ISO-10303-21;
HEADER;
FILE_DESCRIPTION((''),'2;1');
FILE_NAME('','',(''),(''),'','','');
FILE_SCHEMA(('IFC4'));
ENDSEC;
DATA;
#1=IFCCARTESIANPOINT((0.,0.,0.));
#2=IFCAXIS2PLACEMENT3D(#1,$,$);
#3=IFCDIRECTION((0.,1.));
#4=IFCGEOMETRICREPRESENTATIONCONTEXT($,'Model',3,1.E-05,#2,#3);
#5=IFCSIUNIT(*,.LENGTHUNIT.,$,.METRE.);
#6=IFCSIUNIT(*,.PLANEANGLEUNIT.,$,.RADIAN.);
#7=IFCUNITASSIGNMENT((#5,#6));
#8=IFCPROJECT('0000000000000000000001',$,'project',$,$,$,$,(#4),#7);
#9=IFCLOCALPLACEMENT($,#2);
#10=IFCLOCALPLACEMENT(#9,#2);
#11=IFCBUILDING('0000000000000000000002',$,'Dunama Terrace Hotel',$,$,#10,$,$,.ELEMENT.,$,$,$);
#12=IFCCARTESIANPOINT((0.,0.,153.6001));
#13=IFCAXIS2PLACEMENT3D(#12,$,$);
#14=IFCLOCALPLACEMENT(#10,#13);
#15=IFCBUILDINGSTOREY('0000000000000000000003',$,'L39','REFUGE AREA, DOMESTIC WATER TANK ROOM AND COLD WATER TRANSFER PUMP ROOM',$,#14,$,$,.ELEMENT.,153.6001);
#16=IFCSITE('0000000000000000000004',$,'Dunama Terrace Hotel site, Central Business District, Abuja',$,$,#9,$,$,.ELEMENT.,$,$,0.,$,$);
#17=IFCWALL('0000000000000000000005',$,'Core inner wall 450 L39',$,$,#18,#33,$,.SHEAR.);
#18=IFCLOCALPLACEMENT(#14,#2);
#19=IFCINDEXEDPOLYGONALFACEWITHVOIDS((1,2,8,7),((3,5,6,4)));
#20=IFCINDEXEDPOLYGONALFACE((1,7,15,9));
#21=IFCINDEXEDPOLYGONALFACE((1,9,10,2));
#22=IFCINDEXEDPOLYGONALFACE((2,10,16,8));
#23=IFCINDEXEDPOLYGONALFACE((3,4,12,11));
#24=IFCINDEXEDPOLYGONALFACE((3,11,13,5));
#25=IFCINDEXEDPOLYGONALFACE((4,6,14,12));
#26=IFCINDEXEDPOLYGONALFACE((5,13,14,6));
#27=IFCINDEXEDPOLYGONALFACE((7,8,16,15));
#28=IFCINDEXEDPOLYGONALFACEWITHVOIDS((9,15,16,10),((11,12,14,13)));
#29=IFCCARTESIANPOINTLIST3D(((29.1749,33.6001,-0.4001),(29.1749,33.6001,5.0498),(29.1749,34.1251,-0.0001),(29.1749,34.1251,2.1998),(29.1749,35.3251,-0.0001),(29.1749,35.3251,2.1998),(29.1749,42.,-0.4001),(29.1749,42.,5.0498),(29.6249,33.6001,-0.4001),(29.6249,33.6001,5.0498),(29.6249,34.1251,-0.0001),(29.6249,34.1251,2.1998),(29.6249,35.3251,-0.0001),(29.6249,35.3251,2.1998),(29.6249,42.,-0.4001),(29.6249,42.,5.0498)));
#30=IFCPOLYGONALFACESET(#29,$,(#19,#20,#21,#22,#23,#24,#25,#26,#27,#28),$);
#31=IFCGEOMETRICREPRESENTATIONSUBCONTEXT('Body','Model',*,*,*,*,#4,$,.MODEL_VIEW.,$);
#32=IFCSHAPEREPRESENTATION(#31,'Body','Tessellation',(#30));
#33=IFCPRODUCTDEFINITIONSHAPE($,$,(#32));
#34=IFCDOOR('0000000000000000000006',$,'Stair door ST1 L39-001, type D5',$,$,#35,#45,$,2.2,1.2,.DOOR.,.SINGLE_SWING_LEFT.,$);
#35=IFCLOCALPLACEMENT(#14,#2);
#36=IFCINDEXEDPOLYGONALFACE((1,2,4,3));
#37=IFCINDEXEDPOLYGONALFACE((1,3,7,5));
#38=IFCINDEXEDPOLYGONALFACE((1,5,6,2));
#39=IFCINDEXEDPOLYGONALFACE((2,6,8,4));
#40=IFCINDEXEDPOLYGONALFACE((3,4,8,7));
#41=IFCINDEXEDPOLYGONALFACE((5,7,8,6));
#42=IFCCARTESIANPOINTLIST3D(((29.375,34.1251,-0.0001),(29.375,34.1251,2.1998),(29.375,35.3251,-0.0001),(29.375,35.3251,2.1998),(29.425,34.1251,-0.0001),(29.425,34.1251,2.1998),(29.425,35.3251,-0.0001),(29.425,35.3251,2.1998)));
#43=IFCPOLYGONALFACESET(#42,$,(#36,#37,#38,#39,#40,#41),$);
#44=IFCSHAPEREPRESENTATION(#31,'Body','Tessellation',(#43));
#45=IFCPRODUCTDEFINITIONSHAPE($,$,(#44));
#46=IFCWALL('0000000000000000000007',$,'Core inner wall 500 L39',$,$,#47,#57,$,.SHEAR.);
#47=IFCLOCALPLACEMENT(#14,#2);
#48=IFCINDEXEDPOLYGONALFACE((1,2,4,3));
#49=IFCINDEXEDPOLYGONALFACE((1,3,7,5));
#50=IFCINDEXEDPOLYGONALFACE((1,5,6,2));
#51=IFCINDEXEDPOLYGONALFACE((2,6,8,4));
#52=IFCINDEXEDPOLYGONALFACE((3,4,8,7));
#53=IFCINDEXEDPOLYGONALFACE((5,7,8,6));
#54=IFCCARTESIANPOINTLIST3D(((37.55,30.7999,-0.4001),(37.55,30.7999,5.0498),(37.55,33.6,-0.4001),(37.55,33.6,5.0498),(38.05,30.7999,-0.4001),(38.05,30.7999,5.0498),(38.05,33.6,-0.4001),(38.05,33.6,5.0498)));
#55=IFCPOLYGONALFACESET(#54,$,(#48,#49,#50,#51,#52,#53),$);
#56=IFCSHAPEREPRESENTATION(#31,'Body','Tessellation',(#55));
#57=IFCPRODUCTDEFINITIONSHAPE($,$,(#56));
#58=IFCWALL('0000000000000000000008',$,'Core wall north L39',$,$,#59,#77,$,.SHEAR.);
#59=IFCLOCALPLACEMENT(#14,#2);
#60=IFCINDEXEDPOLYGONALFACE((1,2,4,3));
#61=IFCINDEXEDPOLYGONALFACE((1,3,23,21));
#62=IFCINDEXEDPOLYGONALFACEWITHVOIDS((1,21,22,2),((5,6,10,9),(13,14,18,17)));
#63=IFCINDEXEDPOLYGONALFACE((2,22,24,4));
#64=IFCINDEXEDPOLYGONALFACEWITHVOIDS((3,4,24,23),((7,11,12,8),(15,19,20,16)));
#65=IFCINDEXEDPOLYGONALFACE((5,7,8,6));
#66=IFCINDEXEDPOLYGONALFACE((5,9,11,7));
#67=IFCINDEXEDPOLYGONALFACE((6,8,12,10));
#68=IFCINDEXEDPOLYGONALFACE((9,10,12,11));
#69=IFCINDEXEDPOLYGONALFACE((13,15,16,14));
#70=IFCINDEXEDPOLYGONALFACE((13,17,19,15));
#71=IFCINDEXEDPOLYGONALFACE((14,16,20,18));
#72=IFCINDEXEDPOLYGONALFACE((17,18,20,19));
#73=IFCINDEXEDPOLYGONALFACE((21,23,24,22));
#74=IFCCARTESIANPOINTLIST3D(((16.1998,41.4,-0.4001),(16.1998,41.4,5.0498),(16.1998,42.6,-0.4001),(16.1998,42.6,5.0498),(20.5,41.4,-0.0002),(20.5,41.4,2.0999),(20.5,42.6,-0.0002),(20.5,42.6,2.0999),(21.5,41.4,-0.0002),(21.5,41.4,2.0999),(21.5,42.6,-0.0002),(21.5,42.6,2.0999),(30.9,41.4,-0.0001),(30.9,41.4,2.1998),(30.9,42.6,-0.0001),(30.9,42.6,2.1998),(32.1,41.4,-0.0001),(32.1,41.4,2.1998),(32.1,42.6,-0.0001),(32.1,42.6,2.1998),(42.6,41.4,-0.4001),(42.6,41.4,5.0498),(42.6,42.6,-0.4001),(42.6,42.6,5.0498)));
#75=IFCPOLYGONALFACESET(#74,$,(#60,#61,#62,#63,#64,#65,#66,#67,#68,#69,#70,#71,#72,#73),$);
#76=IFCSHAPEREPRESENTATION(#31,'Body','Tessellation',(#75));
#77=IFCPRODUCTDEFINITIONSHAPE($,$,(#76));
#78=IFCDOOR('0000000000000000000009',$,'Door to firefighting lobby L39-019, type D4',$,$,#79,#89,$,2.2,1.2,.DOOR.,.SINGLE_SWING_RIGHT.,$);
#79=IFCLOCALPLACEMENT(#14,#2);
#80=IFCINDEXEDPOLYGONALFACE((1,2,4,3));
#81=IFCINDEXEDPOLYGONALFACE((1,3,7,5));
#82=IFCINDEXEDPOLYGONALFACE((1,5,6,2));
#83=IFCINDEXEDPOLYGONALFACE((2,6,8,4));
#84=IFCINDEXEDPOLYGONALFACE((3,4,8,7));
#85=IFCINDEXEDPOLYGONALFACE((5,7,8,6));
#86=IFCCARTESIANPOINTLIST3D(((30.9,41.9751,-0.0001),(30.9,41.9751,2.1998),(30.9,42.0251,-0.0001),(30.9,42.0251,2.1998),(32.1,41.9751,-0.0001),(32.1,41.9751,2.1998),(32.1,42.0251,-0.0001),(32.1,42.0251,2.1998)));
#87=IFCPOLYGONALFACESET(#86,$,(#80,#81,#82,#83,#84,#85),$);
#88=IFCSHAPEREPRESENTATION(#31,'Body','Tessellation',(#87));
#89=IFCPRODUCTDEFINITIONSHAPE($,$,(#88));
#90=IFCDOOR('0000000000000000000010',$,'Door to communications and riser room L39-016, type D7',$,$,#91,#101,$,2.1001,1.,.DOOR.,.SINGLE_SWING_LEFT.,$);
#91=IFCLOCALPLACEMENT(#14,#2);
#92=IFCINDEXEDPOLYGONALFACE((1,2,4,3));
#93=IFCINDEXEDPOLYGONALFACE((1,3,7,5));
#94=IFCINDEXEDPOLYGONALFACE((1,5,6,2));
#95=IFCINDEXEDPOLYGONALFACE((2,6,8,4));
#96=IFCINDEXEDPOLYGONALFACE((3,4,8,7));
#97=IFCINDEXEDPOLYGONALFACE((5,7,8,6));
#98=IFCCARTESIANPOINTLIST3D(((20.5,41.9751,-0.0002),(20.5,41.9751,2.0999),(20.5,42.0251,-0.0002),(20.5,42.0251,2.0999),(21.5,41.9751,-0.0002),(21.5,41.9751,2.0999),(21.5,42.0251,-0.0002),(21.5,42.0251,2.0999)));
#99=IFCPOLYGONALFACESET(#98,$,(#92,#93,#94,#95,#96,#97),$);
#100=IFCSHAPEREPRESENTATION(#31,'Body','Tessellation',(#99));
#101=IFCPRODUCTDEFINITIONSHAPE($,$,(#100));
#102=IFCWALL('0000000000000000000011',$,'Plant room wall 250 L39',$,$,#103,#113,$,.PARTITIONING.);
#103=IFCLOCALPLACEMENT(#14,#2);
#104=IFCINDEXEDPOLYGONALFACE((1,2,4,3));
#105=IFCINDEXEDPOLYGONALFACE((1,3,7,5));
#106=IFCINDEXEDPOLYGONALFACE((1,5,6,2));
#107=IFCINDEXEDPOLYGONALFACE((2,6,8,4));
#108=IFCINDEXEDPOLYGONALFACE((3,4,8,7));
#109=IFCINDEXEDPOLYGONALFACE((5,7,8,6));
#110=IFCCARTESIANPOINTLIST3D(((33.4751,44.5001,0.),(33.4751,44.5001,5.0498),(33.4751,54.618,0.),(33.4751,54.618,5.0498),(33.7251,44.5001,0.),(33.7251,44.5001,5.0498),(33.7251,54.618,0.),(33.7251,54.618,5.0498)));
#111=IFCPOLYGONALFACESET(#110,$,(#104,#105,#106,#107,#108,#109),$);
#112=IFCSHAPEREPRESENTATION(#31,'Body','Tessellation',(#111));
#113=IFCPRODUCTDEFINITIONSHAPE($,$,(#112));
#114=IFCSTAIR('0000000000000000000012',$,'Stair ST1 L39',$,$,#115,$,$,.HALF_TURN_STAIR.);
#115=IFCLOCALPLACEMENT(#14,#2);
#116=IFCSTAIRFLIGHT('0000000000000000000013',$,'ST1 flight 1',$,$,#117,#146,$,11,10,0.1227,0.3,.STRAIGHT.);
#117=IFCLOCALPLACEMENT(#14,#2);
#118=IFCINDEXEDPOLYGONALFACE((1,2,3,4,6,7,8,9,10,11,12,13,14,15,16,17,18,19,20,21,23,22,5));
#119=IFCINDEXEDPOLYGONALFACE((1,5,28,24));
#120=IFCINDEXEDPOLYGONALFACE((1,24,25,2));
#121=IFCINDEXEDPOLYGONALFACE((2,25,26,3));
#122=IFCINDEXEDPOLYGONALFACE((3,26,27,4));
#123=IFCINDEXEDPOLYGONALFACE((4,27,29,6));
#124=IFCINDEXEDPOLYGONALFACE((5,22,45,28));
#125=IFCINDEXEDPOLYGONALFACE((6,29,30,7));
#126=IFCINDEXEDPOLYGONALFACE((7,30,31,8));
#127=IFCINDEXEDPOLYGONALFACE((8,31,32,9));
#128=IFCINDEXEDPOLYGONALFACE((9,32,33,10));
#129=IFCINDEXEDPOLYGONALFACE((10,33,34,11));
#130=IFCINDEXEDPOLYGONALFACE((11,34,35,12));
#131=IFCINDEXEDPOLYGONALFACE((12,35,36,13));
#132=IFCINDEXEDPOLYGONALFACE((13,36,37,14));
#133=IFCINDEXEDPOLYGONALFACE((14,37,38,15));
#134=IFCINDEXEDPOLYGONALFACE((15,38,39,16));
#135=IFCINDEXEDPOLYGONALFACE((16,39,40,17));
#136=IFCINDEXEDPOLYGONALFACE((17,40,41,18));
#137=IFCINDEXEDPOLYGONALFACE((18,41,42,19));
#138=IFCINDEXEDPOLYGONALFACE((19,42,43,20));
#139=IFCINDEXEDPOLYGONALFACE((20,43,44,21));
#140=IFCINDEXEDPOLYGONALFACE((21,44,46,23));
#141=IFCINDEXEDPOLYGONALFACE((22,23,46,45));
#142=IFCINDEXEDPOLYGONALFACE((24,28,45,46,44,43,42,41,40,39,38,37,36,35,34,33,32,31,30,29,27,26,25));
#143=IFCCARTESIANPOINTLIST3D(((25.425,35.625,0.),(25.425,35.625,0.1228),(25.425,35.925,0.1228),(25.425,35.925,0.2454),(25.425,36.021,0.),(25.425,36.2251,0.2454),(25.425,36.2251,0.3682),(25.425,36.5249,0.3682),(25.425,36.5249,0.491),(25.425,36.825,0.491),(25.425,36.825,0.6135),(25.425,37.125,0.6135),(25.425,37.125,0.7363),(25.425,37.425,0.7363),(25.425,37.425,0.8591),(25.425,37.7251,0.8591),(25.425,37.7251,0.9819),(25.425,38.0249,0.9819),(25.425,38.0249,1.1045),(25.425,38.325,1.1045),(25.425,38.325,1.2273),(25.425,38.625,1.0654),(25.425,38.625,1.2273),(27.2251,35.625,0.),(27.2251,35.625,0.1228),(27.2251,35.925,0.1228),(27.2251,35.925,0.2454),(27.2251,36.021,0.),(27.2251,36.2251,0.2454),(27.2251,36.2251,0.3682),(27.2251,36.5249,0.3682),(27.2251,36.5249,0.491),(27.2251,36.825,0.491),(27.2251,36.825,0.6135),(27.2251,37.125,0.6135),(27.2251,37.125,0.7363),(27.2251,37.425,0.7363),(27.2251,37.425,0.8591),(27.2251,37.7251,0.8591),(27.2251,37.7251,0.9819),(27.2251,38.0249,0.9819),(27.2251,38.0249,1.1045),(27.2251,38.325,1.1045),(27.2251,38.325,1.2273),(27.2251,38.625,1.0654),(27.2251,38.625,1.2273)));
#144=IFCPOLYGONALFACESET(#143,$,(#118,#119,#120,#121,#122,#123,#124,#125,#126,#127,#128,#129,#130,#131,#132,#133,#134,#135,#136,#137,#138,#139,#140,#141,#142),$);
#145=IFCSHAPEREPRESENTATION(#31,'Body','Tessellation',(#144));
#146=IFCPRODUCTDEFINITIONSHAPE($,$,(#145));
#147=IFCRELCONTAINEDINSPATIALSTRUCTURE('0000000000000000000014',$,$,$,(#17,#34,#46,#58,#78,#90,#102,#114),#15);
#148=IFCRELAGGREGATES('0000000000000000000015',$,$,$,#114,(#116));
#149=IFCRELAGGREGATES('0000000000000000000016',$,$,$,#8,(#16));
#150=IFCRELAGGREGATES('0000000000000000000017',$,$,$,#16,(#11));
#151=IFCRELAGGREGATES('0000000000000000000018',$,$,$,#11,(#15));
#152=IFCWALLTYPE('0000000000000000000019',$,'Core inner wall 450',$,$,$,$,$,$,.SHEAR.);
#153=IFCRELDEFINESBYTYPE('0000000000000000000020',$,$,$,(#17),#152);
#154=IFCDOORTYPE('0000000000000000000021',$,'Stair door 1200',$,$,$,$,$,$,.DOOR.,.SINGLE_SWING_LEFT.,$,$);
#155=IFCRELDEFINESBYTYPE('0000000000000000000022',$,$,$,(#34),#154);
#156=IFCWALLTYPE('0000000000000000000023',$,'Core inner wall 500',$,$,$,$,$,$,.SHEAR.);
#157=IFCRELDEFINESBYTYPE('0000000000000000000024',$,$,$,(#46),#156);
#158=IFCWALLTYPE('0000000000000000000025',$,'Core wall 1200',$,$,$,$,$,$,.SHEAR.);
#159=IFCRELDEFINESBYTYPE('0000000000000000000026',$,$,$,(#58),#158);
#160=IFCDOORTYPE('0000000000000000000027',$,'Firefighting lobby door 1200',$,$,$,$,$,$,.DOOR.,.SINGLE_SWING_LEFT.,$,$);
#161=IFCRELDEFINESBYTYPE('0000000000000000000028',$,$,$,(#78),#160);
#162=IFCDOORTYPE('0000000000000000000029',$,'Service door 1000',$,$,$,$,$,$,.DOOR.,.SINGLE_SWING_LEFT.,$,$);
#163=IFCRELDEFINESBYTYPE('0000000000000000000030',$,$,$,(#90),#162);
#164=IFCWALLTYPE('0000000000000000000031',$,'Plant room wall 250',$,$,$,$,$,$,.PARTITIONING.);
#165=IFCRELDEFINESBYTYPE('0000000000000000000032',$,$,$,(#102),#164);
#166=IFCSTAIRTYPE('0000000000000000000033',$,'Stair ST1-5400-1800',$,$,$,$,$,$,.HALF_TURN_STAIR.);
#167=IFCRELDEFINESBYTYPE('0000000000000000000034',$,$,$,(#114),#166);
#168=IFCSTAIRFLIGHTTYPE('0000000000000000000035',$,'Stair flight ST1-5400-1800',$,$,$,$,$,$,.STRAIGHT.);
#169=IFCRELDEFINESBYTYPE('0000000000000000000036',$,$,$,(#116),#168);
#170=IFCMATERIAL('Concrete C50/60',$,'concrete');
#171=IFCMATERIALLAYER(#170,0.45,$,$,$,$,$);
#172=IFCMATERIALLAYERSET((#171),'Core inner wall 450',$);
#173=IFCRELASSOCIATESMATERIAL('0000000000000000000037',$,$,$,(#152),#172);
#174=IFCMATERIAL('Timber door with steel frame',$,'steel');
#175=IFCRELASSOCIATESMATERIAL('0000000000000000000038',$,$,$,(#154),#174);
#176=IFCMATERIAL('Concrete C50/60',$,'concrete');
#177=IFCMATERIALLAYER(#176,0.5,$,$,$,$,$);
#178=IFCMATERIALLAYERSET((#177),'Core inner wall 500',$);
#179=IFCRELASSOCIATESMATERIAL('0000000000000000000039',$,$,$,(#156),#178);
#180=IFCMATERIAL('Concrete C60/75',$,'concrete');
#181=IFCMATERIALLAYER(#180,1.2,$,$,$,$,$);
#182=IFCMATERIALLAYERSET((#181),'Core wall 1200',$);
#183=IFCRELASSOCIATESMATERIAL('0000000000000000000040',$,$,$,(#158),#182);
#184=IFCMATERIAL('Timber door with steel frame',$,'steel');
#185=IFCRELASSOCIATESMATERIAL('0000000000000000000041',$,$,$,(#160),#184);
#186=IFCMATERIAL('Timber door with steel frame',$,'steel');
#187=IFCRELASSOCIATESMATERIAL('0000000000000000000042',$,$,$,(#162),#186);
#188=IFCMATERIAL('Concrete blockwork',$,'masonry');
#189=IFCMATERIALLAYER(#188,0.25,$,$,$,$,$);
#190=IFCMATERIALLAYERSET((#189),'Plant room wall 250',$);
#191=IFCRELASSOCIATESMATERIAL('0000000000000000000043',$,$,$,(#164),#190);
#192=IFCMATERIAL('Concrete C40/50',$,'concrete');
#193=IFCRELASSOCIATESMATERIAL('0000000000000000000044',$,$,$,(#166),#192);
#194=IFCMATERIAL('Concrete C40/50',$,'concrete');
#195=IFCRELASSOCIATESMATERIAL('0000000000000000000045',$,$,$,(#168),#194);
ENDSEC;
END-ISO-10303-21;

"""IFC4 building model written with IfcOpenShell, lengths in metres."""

from ifc_helpers import new_model, si_unit, direction, frame, frame_2d, origin, place, context, subcontext, project, spatial, polyline, rectangle, outline, extrude, material, layer, layer_set, type_object, element, fill, aggregate, save


model = new_model("IFC4")

# Units and contexts
model_context = context("Model", 3, precision=1e-05, world=origin(), true_north=direction((0.0, 1.0)))
body_context = subcontext(model_context, "Body", "Model", "MODEL_VIEW")
ifc_project = project(units=[si_unit("LENGTHUNIT", "METRE"), si_unit("PLANEANGLEUNIT", "RADIAN")], contexts=[model_context])

# Site, building, storey
site_placement = place(None, origin())
site = spatial("IfcSite", under=ifc_project, at=site_placement, Name="Dunama Terrace Hotel site, Central Business District, Abuja", CompositionType="ELEMENT", RefElevation=0.0)
building_placement = place(site_placement, origin())
building = spatial("IfcBuilding", under=site, at=building_placement, Name="Dunama Terrace Hotel", CompositionType="ELEMENT")
storey_placement = place(building_placement, frame((0.0, 0.0, 153.6001)))
storey = spatial("IfcBuildingStorey", under=building, at=storey_placement, Name="L39", Description="REFUGE AREA, DOMESTIC WATER TANK ROOM AND COLD WATER TRANSFER PUMP ROOM", CompositionType="ELEMENT", Elevation=153.6001)

# Wall, opening, door
ifc_material_1 = material(Name="Concrete C50/60", Category="concrete")
ifc_layer_1 = layer(ifc_material_1, 0.45)
ifc_layer_set_1 = layer_set([ifc_layer_1], Name="Core inner wall 450")
wall_type_1 = type_object("IfcWallType", Name="Core inner wall 450", PredefinedType="SHEAR", material=ifc_layer_set_1)
wall_1_placement = place(storey_placement, frame((29.3999, 33.6001, -0.4001), z_axis=(0.0, 0.0, 1.0), x_axis=(0.0, 1.0, 0.0)))
wall_1 = element("IfcWall", 1, at=wall_1_placement, inside=storey, type_object=wall_type_1, Name="Core inner wall 450 L39", PredefinedType="SHEAR", context=body_context, shape_type="SweptSolid", body=[
    extrude(rectangle(XDim=8.3999, YDim=0.45, at=frame_2d((4.2, 0.0))), origin(), (0.0, 0.0, 1.0), 5.45),
])
opening_1_placement = place(wall_1_placement, frame((0.5249, 0.0, 0.3999)))
opening_1 = element("IfcOpeningElement", 2, at=opening_1_placement, cuts=wall_1, PredefinedType="OPENING", context=body_context, shape_type="SweptSolid", body=[
    extrude(rectangle(XDim=1.2, YDim=2.2, at=frame_2d((0.6001, 1.1001))), frame((0.0, 0.2349, 0.0), z_axis=(0.0, -1.0, 0.0), x_axis=(1.0, 0.0, 0.0)), (0.0, 0.0, 1.0), 0.47),
])
ifc_material_2 = material(Name="Timber door with steel frame", Category="steel")
door_type_1 = type_object("IfcDoorType", Name="Stair door 1200", OperationType="SINGLE_SWING_LEFT", PredefinedType="DOOR", material=ifc_material_2)
door_1_placement = place(opening_1_placement, origin())
door_1 = element("IfcDoor", 3, at=door_1_placement, inside=storey, type_object=door_type_1, Name="Stair door ST1 L39-001, type D5", OperationType="SINGLE_SWING_LEFT", OverallHeight=2.2, OverallWidth=1.2, PredefinedType="DOOR", context=body_context, shape_type="SweptSolid", body=[
    extrude(rectangle(XDim=1.2, YDim=2.2, at=frame_2d((0.6001, 1.1001))), frame((0.0, 0.0249, 0.0), z_axis=(0.0, -1.0, 0.0), x_axis=(1.0, 0.0, 0.0)), (0.0, 0.0, 1.0), 0.05),
])
fill(opening_1, door_1)

# Wall
ifc_material_3 = material(Name="Concrete C50/60", Category="concrete")
ifc_layer_2 = layer(ifc_material_3, 0.5)
ifc_layer_set_2 = layer_set([ifc_layer_2], Name="Core inner wall 500")
wall_type_2 = type_object("IfcWallType", Name="Core inner wall 500", PredefinedType="SHEAR", material=ifc_layer_set_2)
wall_2_placement = place(storey_placement, frame((37.8, 30.8, -0.4001), z_axis=(0.0, 0.0, 1.0), x_axis=(0.0, 1.0, 0.0)))
element("IfcWall", 4, at=wall_2_placement, inside=storey, type_object=wall_type_2, Name="Core inner wall 500 L39", PredefinedType="SHEAR", context=body_context, shape_type="SweptSolid", body=[
    extrude(rectangle(XDim=2.8, YDim=0.5, at=frame_2d((1.3999, 0.0))), origin(), (0.0, 0.0, 1.0), 5.45),
])

# Wall, openings, doors
ifc_material_4 = material(Name="Concrete C60/75", Category="concrete")
ifc_layer_3 = layer(ifc_material_4, 1.2)
ifc_layer_set_3 = layer_set([ifc_layer_3], Name="Core wall 1200")
wall_type_3 = type_object("IfcWallType", Name="Core wall 1200", PredefinedType="SHEAR", material=ifc_layer_set_3)
wall_3_placement = place(storey_placement, frame((42.6001, 42.0, -0.4001), z_axis=(0.0, 0.0, 1.0), x_axis=(-1.0, 0.0, 0.0)))
wall_3 = element("IfcWall", 5, at=wall_3_placement, inside=storey, type_object=wall_type_3, Name="Core wall north L39", PredefinedType="SHEAR", context=body_context, shape_type="SweptSolid", body=[
    extrude(rectangle(XDim=26.4001, YDim=1.2, at=frame_2d((13.2002, 0.0))), origin(), (0.0, 0.0, 1.0), 5.45),
])
opening_2_placement = place(wall_3_placement, frame((21.1001, 0.0, 0.3999)))
opening_2 = element("IfcOpeningElement", 6, at=opening_2_placement, cuts=wall_3, PredefinedType="OPENING", context=body_context, shape_type="SweptSolid", body=[
    extrude(rectangle(XDim=1.0, YDim=2.1001, at=frame_2d((0.5, 1.05))), frame((0.0, 0.6099, 0.0), z_axis=(0.0, -1.0, 0.0), x_axis=(1.0, 0.0, 0.0)), (0.0, 0.0, 1.0), 1.22),
])
opening_3_placement = place(wall_3_placement, frame((10.5, 0.0, 0.3999)))
opening_3 = element("IfcOpeningElement", 7, at=opening_3_placement, cuts=wall_3, PredefinedType="OPENING", context=body_context, shape_type="SweptSolid", body=[
    extrude(rectangle(XDim=1.2, YDim=2.2, at=frame_2d((0.6001, 1.1001))), frame((0.0, 0.6099, 0.0), z_axis=(0.0, -1.0, 0.0), x_axis=(1.0, 0.0, 0.0)), (0.0, 0.0, 1.0), 1.22),
])
ifc_material_5 = material(Name="Timber door with steel frame", Category="steel")
door_type_2 = type_object("IfcDoorType", Name="Firefighting lobby door 1200", OperationType="SINGLE_SWING_LEFT", PredefinedType="DOOR", material=ifc_material_5)
door_2_placement = place(opening_3_placement, origin())
door_2 = element("IfcDoor", 8, at=door_2_placement, inside=storey, type_object=door_type_2, Name="Door to firefighting lobby L39-019, type D4", OperationType="SINGLE_SWING_RIGHT", OverallHeight=2.2, OverallWidth=1.2, PredefinedType="DOOR", context=body_context, shape_type="SweptSolid", body=[
    extrude(rectangle(XDim=1.2, YDim=2.2, at=frame_2d((0.6001, 1.1001))), frame((0.0, 0.0249, 0.0), z_axis=(0.0, -1.0, 0.0), x_axis=(1.0, 0.0, 0.0)), (0.0, 0.0, 1.0), 0.05),
])
fill(opening_3, door_2)
ifc_material_6 = material(Name="Timber door with steel frame", Category="steel")
door_type_3 = type_object("IfcDoorType", Name="Service door 1000", OperationType="SINGLE_SWING_LEFT", PredefinedType="DOOR", material=ifc_material_6)
door_3_placement = place(opening_2_placement, origin())
door_3 = element("IfcDoor", 9, at=door_3_placement, inside=storey, type_object=door_type_3, Name="Door to communications and riser room L39-016, type D7", OperationType="SINGLE_SWING_LEFT", OverallHeight=2.1001, OverallWidth=1.0, PredefinedType="DOOR", context=body_context, shape_type="SweptSolid", body=[
    extrude(rectangle(XDim=1.0, YDim=2.1001, at=frame_2d((0.5, 1.05))), frame((0.0, 0.0249, 0.0), z_axis=(0.0, -1.0, 0.0), x_axis=(1.0, 0.0, 0.0)), (0.0, 0.0, 1.0), 0.05),
])
fill(opening_2, door_3)

# Wall
ifc_material_7 = material(Name="Concrete blockwork", Category="masonry")
ifc_layer_4 = layer(ifc_material_7, 0.25)
ifc_layer_set_4 = layer_set([ifc_layer_4], Name="Plant room wall 250")
wall_type_4 = type_object("IfcWallType", Name="Plant room wall 250", PredefinedType="PARTITIONING", material=ifc_layer_set_4)
wall_4_placement = place(storey_placement, frame((33.6001, 44.5, 0.0), z_axis=(0.0, 0.0, 1.0), x_axis=(0.0, 1.0, 0.0)))
element("IfcWall", 10, at=wall_4_placement, inside=storey, type_object=wall_type_4, Name="Plant room wall 250 L39", PredefinedType="PARTITIONING", context=body_context, shape_type="SweptSolid", body=[
    extrude(rectangle(XDim=10.1179, YDim=0.25, at=frame_2d((5.0591, 0.0))), origin(), (0.0, 0.0, 1.0), 5.0498),
])

# Stair, stair flight
ifc_material_8 = material(Name="Concrete C40/50", Category="concrete")
stair_type = type_object("IfcStairType", Name="Stair ST1-5400-1800", PredefinedType="HALF_TURN_STAIR", material=ifc_material_8)
stair_placement = place(storey_placement, origin())
stair = element("IfcStair", 11, at=stair_placement, inside=storey, type_object=stair_type, Name="Stair ST1 L39", PredefinedType="HALF_TURN_STAIR")
ifc_material_9 = material(Name="Concrete C40/50", Category="concrete")
stair_flight_type = type_object("IfcStairFlightType", Name="Stair flight ST1-5400-1800", PredefinedType="STRAIGHT", material=ifc_material_9)
stair_flight_1_placement = place(storey_placement, frame((26.325, 35.625, 0.0), z_axis=(0.0, 0.0, 1.0), x_axis=(0.0, 1.0, 0.0)))
stair_flight_1 = element("IfcStairFlight", 12, at=stair_flight_1_placement, type_object=stair_flight_type, Name="ST1 flight 1", NumberOfRisers=11, NumberOfTreads=10, PredefinedType="STRAIGHT", RiserHeight=0.1227, TreadLength=0.3, context=body_context, shape_type="SweptSolid", body=[
    extrude(outline(polyline([(0.0, 0.0), (0.0, 0.1228), (0.3, 0.1228), (0.3, 0.2454), (0.6001, 0.2454), (0.6001, 0.3682), (0.8999, 0.3682), (0.8999, 0.491), (1.2, 0.491), (1.2, 0.6135), (1.5, 0.6135), (1.5, 0.7363), (1.8, 0.7363), (1.8, 0.8591), (2.1001, 0.8591), (2.1001, 0.9819), (2.3999, 0.9819), (2.3999, 1.1045), (2.7, 1.1045), (2.7, 1.2273), (3.0, 1.2273), (3.0, 1.3501), (3.0, 1.0654), (0.396, 0.0), (0.0, 0.0)])), frame((0.0, 0.8999, 0.0), z_axis=(0.0, -1.0, 0.0), x_axis=(1.0, 0.0, 0.0)), (0.0, 0.0, 1.0), 1.8),
])
aggregate(stair, [stair_flight_1])

save(model, "model.ifc")
